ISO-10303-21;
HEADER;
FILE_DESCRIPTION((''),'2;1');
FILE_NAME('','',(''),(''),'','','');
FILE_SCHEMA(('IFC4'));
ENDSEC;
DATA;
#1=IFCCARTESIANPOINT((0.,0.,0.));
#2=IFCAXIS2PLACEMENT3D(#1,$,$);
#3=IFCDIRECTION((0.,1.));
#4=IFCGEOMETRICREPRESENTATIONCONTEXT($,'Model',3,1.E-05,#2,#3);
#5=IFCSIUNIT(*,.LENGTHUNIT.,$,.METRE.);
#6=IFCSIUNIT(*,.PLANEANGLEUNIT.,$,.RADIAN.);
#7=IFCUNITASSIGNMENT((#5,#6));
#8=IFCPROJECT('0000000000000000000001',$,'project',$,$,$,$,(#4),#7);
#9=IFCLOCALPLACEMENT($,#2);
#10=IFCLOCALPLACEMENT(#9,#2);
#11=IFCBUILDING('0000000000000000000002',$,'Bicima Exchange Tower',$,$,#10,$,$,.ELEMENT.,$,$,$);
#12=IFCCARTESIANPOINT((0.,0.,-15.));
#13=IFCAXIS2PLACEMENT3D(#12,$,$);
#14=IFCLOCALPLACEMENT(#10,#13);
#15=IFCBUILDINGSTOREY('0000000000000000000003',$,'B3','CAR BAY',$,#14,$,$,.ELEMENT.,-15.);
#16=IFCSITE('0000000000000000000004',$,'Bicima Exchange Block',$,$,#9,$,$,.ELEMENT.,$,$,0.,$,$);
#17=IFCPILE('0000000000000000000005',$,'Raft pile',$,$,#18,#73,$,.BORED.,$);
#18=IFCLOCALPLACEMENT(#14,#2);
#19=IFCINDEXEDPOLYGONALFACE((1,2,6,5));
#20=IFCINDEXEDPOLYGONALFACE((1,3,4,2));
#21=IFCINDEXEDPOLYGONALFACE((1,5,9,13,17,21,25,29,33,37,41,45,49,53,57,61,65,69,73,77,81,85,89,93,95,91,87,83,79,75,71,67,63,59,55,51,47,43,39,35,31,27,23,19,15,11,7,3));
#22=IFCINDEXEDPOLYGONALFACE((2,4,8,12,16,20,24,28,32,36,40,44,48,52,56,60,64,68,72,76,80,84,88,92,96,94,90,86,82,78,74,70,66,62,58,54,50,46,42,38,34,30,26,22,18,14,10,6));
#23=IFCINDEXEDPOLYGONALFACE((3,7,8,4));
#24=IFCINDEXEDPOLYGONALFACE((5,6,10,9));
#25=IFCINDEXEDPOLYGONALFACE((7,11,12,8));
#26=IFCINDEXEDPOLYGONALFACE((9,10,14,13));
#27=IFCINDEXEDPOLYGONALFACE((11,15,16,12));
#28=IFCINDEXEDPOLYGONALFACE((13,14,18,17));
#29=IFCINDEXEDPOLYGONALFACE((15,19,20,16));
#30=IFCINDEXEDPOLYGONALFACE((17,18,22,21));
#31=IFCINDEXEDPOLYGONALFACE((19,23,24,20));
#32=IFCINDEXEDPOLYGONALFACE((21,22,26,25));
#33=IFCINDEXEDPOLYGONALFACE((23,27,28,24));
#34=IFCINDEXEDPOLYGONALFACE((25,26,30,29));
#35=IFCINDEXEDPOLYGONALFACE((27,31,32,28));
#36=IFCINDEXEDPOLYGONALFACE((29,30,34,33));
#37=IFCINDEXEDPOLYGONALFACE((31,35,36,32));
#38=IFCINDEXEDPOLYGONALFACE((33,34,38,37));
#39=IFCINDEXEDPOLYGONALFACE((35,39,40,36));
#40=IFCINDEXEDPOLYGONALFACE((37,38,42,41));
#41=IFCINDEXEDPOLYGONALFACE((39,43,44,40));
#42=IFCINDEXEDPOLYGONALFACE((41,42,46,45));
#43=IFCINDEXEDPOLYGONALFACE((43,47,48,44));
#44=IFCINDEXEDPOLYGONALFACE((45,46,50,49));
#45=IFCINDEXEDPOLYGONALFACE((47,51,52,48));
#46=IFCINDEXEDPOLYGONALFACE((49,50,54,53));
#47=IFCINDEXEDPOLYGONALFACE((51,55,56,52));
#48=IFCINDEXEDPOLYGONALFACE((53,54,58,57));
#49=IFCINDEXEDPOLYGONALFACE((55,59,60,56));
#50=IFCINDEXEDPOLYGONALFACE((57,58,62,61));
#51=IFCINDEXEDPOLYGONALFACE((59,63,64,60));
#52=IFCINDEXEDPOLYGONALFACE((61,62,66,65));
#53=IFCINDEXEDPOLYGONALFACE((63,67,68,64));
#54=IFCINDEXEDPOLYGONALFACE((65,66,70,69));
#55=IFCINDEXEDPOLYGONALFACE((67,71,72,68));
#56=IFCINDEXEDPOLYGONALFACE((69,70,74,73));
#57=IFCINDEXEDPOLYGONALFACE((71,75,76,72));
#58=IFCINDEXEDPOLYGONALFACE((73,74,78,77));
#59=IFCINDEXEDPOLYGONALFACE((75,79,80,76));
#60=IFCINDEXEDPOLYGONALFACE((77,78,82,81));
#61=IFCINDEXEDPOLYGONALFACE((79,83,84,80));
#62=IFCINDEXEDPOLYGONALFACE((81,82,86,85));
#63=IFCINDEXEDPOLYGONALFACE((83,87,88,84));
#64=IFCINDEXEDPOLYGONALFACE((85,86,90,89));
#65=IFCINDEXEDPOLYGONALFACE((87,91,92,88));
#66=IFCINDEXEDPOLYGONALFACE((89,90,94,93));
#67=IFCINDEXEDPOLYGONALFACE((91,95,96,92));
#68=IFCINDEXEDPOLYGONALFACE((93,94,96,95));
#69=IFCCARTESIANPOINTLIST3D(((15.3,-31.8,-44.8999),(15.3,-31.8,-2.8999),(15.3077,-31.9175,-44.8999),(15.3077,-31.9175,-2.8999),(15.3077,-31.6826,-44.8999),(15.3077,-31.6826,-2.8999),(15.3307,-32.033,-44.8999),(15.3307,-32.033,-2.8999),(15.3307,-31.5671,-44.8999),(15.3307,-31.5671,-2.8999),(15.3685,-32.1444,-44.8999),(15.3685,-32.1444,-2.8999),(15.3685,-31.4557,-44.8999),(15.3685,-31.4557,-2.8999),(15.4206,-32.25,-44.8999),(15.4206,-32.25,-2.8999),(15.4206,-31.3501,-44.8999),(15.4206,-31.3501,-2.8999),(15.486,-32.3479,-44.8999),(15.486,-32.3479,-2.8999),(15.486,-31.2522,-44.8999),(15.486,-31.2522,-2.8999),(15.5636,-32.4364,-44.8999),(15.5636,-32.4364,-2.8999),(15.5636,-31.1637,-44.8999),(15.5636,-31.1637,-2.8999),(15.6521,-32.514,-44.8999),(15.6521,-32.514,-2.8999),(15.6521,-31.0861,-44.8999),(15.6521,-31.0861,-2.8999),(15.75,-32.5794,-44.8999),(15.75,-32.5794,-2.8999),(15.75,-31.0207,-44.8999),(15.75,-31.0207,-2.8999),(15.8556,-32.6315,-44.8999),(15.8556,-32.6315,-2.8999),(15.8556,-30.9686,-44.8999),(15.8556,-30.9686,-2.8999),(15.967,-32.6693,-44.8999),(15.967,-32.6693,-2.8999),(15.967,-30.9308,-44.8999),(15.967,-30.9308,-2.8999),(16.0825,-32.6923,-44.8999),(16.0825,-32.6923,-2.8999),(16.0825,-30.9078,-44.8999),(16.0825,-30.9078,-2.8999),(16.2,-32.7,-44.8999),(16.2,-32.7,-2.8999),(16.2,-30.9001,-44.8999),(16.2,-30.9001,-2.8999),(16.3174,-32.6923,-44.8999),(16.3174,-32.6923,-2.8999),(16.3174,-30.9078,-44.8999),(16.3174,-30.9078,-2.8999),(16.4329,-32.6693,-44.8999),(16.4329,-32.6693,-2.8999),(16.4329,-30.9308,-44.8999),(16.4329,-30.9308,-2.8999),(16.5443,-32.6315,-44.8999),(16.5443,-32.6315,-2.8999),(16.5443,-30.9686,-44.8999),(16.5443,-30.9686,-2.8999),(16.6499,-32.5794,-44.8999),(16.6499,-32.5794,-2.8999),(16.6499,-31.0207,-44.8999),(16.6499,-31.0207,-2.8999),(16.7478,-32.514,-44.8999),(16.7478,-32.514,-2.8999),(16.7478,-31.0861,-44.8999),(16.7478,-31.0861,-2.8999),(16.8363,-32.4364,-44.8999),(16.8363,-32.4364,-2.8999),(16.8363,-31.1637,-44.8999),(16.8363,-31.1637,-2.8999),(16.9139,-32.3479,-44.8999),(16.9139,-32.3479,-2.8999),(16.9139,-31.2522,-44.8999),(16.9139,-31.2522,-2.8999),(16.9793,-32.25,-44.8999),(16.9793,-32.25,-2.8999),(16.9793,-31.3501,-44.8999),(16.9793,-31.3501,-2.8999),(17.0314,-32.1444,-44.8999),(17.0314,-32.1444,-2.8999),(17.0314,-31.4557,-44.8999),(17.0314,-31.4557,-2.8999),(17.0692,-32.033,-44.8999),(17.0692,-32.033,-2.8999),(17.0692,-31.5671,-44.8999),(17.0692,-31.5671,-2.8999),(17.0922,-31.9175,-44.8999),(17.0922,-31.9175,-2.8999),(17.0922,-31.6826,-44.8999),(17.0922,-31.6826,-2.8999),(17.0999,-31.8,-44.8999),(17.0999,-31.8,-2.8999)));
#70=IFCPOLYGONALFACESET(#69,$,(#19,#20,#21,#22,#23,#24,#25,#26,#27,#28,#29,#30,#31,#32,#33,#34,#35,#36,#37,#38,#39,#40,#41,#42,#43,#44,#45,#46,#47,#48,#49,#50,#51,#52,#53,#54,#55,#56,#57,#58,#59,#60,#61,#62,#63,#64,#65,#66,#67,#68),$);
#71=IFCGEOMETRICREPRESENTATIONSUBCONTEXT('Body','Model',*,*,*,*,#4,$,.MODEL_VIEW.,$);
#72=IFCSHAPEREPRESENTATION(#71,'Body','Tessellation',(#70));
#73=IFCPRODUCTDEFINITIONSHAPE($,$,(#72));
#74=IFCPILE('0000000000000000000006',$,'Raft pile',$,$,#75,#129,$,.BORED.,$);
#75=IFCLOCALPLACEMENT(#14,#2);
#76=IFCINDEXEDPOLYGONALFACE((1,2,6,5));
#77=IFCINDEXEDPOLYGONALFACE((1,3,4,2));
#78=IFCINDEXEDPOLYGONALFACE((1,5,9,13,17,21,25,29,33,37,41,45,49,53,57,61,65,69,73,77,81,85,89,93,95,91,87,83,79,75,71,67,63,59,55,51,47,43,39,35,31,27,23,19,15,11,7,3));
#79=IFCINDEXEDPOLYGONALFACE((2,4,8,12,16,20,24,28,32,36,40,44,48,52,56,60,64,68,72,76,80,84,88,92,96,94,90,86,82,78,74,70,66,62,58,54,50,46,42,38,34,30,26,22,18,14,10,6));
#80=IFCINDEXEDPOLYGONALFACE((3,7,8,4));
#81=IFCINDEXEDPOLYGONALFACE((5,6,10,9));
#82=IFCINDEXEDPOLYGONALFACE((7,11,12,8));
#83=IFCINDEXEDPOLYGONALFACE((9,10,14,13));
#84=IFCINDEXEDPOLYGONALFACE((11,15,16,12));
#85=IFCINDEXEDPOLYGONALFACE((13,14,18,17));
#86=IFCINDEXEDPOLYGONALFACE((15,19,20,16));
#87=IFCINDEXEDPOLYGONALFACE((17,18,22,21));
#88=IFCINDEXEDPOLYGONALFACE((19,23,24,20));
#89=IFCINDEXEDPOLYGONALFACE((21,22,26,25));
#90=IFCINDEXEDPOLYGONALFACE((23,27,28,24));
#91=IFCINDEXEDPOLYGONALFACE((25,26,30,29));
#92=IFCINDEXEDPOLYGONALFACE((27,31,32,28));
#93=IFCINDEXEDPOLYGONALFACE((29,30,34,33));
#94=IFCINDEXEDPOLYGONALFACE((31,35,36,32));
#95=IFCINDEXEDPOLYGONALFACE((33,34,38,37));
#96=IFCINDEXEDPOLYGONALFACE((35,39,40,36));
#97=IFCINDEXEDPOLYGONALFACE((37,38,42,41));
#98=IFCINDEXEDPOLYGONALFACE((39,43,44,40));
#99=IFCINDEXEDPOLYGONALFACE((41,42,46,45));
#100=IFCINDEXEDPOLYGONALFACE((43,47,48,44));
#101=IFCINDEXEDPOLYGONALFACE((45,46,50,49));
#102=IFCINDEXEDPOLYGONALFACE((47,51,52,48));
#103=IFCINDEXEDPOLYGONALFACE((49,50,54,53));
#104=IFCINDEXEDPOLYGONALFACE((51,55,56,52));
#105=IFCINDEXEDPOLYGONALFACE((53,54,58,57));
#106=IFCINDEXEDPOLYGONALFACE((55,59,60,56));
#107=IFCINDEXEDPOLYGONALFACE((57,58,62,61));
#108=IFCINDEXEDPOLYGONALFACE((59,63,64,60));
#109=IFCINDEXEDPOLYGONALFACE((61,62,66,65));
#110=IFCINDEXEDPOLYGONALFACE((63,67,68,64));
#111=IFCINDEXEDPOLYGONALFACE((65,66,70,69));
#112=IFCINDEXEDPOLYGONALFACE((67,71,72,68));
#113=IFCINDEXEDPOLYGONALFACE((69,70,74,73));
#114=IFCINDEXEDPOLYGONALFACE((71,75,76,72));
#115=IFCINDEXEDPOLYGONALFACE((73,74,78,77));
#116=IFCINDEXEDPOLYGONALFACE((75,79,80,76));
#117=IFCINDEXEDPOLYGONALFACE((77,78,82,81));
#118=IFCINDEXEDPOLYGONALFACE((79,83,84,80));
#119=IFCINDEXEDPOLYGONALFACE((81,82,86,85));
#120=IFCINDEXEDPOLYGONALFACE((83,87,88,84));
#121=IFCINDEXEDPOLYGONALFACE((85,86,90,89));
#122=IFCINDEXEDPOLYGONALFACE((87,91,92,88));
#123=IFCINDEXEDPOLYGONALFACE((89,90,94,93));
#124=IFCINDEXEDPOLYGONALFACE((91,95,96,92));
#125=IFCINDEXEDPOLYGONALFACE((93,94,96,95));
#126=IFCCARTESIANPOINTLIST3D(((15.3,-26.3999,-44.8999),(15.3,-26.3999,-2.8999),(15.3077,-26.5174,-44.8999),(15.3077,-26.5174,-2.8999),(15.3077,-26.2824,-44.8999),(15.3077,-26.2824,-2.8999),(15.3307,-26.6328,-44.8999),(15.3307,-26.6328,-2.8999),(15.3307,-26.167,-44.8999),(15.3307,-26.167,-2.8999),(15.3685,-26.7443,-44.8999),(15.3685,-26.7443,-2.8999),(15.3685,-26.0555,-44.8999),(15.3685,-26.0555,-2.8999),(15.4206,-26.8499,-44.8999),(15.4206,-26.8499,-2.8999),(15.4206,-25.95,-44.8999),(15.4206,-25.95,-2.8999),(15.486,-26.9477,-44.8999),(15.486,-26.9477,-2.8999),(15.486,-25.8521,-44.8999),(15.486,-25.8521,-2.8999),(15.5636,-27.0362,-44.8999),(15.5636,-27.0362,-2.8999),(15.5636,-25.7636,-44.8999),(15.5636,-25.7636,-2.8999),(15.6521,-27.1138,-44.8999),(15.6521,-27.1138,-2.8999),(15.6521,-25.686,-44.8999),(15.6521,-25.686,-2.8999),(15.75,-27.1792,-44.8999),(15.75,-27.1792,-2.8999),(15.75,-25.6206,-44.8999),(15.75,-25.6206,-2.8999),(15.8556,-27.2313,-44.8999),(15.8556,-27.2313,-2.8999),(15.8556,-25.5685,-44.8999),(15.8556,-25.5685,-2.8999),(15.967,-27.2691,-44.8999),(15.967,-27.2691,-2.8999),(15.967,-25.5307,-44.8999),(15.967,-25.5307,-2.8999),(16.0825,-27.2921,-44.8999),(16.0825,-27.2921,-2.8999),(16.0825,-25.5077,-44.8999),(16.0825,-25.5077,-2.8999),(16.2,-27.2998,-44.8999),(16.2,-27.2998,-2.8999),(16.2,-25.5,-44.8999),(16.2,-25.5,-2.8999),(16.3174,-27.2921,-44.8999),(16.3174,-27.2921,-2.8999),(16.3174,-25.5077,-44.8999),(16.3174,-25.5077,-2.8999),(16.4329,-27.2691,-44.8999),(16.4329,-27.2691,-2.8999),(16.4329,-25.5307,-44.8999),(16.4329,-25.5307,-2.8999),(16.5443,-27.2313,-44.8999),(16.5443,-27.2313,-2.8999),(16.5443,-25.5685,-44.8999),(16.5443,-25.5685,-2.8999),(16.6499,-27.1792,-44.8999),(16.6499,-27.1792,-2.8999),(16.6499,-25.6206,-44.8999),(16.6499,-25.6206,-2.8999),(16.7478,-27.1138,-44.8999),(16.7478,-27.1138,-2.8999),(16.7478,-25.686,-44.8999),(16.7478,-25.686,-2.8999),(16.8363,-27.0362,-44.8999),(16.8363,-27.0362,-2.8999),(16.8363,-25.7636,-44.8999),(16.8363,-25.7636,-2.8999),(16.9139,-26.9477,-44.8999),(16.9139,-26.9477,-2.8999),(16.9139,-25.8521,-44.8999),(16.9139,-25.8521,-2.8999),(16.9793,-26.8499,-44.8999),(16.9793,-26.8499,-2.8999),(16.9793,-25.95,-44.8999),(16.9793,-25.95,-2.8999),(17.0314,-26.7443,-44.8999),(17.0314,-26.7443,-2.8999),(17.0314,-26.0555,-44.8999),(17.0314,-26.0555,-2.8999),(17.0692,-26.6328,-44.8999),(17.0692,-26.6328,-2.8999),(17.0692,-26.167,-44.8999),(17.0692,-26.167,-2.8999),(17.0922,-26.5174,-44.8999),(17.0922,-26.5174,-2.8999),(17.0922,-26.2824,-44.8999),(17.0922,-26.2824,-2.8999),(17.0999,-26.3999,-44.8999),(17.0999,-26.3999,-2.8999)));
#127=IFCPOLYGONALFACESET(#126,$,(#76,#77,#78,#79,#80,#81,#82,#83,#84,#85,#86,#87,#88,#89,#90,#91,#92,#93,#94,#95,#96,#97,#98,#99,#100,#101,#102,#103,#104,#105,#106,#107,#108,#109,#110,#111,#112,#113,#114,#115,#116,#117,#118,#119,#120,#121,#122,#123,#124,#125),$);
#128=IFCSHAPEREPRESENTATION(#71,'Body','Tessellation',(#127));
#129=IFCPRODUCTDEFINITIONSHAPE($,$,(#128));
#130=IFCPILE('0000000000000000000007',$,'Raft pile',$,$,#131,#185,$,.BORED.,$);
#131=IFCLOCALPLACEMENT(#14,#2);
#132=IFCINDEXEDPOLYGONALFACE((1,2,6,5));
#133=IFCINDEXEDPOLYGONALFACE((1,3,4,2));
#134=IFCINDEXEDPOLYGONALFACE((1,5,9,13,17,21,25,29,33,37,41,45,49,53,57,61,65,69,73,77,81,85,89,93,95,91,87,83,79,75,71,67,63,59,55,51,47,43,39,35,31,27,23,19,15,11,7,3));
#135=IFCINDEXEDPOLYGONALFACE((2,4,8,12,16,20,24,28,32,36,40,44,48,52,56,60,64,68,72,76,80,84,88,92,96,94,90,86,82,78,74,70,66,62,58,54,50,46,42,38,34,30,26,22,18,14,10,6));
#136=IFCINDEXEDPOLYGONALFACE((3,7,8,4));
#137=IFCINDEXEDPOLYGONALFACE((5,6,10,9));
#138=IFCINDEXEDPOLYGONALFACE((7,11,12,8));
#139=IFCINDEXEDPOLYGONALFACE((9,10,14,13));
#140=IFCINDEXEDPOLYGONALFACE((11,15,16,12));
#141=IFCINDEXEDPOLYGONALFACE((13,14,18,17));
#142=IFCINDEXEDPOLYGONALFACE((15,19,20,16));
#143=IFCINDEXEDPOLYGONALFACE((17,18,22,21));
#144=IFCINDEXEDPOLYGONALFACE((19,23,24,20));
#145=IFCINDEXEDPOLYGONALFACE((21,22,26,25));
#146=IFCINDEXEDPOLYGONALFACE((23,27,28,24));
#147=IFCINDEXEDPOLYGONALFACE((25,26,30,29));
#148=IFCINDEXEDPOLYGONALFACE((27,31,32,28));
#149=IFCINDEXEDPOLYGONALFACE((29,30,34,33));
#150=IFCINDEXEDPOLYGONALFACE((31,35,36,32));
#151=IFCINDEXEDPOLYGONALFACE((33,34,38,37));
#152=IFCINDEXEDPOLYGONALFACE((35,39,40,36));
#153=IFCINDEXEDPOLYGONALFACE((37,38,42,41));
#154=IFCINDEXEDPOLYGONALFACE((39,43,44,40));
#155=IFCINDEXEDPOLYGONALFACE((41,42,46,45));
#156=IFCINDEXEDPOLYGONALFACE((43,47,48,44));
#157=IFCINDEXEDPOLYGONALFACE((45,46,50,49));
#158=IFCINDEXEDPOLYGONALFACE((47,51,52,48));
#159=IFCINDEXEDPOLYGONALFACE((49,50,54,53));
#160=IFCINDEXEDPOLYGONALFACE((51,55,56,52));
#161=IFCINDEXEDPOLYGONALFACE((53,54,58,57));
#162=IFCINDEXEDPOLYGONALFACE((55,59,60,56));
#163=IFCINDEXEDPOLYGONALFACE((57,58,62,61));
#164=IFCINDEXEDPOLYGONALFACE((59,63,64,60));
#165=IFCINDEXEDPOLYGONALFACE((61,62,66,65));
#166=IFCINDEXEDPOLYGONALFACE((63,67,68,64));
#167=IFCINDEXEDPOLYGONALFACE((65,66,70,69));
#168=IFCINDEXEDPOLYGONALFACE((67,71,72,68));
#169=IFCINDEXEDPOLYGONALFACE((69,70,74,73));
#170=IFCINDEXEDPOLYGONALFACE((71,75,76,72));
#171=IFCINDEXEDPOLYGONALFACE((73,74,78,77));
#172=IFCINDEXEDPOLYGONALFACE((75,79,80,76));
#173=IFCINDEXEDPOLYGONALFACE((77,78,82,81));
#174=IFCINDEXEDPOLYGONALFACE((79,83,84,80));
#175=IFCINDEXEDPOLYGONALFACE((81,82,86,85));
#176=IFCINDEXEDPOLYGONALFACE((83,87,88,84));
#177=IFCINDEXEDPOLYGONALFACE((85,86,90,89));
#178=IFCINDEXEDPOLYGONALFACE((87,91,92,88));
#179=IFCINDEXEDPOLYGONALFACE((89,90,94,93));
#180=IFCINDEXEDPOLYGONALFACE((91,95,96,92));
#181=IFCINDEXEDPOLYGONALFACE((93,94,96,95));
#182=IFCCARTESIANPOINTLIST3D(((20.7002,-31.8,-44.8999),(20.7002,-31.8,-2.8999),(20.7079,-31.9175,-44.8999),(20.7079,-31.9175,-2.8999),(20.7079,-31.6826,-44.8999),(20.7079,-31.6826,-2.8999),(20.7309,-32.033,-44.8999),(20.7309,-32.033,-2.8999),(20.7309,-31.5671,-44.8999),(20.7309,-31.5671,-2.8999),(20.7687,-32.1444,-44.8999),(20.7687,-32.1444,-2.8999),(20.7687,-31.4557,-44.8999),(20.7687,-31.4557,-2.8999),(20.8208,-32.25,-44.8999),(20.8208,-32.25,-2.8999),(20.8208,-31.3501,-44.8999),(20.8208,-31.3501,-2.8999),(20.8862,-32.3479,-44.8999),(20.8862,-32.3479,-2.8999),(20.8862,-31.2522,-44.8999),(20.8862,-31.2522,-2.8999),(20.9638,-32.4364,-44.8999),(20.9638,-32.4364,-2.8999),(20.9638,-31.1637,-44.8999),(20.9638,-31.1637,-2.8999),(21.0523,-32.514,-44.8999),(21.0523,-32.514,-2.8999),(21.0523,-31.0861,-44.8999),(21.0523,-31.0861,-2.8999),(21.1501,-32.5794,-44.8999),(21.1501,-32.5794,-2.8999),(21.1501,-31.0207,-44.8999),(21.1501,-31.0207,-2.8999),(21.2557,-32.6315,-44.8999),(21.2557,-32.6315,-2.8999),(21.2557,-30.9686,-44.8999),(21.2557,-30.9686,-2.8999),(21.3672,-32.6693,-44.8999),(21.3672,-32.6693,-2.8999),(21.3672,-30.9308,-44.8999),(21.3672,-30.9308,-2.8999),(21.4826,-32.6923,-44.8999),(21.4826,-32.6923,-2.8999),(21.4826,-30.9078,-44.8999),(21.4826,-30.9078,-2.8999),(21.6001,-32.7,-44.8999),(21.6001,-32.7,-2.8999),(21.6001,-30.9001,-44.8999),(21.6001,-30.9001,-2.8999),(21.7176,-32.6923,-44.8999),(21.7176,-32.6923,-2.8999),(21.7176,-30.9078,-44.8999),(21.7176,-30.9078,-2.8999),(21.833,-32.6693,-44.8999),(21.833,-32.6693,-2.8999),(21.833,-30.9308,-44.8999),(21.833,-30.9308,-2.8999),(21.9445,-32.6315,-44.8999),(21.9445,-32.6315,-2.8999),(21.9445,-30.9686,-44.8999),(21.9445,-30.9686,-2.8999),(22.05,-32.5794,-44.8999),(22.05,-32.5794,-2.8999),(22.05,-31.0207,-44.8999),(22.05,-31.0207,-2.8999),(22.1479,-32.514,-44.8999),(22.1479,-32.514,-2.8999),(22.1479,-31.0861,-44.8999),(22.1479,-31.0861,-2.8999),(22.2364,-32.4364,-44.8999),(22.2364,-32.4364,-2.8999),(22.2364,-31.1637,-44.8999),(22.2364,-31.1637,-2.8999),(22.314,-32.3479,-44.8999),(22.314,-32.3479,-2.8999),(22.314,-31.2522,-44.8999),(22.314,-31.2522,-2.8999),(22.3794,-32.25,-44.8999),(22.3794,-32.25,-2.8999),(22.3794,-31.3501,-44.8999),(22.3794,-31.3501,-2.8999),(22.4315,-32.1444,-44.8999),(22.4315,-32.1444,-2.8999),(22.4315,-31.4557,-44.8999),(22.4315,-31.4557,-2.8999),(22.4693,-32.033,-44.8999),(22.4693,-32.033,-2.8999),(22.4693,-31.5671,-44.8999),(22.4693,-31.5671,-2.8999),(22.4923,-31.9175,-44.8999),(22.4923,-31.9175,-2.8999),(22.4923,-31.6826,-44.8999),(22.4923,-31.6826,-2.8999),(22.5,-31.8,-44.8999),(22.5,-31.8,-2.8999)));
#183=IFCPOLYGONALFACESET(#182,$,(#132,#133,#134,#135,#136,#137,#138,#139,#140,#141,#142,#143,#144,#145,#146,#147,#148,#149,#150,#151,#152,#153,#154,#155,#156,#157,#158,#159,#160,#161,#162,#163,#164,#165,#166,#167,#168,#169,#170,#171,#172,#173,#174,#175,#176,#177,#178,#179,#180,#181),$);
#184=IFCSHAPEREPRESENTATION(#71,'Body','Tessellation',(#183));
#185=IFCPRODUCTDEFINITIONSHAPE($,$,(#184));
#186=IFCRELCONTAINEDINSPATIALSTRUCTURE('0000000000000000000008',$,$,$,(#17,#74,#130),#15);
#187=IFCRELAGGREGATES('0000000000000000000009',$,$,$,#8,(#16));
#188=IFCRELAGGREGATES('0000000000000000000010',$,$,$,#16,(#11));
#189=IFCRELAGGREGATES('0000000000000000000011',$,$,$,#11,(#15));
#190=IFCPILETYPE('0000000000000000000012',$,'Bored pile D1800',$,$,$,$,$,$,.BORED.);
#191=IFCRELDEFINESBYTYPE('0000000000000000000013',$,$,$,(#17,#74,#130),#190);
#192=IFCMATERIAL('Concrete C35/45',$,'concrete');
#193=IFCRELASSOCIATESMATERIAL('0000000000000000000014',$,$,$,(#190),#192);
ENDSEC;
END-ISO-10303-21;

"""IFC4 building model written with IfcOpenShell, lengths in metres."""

from ifc_helpers import new_model, si_unit, direction, frame, origin, origin_2d, place, context, subcontext, project, spatial, circle, extrude, material, material_profile, profile_set, type_object, element, save


model = new_model("IFC4")

# Units and contexts
model_context = context("Model", 3, precision=1e-05, world=origin(), true_north=direction((0.0, 1.0)))
body_context = subcontext(model_context, "Body", "Model", "MODEL_VIEW")
ifc_project = project(units=[si_unit("LENGTHUNIT", "METRE"), si_unit("PLANEANGLEUNIT", "RADIAN")], contexts=[model_context])

# Site, building, storey
site_placement = place(None, origin())
site = spatial("IfcSite", under=ifc_project, at=site_placement, Name="Bicima Exchange Block", CompositionType="ELEMENT", RefElevation=0.0)
building_placement = place(site_placement, origin())
building = spatial("IfcBuilding", under=site, at=building_placement, Name="Bicima Exchange Tower", CompositionType="ELEMENT")
storey_placement = place(building_placement, frame((0.0, 0.0, -15.0)))
storey = spatial("IfcBuildingStorey", under=building, at=storey_placement, Name="B3", Description="CAR BAY", CompositionType="ELEMENT", Elevation=-15.0)

# Piles
ifc_material_1 = material(Name="Concrete C35/45", Category="concrete")
ifc_material_profile_1 = material_profile(ifc_material_1, circle(Radius=0.8999, at=origin_2d()))
ifc_profile_set_1 = profile_set([ifc_material_profile_1], Name="Concrete C35/45")
pile_type = type_object("IfcPileType", Name="Bored pile D1800", PredefinedType="BORED", material=ifc_profile_set_1)
for number, where, z_axis, x_axis, name in (
    (1, (16.2, -31.8, -2.8999), (0.0, 0.0, -1.0), (1.0, 0.0, 0.0), "Raft pile"),
    (2, (16.2, -26.3999, -2.8999), (0.0, 0.0, -1.0), (1.0, 0.0, 0.0), "Raft pile"),
    (3, (21.6001, -31.8, -2.8999), (0.0, 0.0, -1.0), (1.0, 0.0, 0.0), "Raft pile"),
):
    element("IfcPile", number, at=place(storey_placement, frame(where, z_axis=z_axis, x_axis=x_axis)), inside=storey, type_object=pile_type, Name=name, PredefinedType="BORED", context=body_context, shape_type="SweptSolid", body=[
        extrude(circle(Radius=0.8999, at=origin_2d()), origin(), (0.0, 0.0, 1.0), 42.0),
    ])

save(model, "model.ifc")
